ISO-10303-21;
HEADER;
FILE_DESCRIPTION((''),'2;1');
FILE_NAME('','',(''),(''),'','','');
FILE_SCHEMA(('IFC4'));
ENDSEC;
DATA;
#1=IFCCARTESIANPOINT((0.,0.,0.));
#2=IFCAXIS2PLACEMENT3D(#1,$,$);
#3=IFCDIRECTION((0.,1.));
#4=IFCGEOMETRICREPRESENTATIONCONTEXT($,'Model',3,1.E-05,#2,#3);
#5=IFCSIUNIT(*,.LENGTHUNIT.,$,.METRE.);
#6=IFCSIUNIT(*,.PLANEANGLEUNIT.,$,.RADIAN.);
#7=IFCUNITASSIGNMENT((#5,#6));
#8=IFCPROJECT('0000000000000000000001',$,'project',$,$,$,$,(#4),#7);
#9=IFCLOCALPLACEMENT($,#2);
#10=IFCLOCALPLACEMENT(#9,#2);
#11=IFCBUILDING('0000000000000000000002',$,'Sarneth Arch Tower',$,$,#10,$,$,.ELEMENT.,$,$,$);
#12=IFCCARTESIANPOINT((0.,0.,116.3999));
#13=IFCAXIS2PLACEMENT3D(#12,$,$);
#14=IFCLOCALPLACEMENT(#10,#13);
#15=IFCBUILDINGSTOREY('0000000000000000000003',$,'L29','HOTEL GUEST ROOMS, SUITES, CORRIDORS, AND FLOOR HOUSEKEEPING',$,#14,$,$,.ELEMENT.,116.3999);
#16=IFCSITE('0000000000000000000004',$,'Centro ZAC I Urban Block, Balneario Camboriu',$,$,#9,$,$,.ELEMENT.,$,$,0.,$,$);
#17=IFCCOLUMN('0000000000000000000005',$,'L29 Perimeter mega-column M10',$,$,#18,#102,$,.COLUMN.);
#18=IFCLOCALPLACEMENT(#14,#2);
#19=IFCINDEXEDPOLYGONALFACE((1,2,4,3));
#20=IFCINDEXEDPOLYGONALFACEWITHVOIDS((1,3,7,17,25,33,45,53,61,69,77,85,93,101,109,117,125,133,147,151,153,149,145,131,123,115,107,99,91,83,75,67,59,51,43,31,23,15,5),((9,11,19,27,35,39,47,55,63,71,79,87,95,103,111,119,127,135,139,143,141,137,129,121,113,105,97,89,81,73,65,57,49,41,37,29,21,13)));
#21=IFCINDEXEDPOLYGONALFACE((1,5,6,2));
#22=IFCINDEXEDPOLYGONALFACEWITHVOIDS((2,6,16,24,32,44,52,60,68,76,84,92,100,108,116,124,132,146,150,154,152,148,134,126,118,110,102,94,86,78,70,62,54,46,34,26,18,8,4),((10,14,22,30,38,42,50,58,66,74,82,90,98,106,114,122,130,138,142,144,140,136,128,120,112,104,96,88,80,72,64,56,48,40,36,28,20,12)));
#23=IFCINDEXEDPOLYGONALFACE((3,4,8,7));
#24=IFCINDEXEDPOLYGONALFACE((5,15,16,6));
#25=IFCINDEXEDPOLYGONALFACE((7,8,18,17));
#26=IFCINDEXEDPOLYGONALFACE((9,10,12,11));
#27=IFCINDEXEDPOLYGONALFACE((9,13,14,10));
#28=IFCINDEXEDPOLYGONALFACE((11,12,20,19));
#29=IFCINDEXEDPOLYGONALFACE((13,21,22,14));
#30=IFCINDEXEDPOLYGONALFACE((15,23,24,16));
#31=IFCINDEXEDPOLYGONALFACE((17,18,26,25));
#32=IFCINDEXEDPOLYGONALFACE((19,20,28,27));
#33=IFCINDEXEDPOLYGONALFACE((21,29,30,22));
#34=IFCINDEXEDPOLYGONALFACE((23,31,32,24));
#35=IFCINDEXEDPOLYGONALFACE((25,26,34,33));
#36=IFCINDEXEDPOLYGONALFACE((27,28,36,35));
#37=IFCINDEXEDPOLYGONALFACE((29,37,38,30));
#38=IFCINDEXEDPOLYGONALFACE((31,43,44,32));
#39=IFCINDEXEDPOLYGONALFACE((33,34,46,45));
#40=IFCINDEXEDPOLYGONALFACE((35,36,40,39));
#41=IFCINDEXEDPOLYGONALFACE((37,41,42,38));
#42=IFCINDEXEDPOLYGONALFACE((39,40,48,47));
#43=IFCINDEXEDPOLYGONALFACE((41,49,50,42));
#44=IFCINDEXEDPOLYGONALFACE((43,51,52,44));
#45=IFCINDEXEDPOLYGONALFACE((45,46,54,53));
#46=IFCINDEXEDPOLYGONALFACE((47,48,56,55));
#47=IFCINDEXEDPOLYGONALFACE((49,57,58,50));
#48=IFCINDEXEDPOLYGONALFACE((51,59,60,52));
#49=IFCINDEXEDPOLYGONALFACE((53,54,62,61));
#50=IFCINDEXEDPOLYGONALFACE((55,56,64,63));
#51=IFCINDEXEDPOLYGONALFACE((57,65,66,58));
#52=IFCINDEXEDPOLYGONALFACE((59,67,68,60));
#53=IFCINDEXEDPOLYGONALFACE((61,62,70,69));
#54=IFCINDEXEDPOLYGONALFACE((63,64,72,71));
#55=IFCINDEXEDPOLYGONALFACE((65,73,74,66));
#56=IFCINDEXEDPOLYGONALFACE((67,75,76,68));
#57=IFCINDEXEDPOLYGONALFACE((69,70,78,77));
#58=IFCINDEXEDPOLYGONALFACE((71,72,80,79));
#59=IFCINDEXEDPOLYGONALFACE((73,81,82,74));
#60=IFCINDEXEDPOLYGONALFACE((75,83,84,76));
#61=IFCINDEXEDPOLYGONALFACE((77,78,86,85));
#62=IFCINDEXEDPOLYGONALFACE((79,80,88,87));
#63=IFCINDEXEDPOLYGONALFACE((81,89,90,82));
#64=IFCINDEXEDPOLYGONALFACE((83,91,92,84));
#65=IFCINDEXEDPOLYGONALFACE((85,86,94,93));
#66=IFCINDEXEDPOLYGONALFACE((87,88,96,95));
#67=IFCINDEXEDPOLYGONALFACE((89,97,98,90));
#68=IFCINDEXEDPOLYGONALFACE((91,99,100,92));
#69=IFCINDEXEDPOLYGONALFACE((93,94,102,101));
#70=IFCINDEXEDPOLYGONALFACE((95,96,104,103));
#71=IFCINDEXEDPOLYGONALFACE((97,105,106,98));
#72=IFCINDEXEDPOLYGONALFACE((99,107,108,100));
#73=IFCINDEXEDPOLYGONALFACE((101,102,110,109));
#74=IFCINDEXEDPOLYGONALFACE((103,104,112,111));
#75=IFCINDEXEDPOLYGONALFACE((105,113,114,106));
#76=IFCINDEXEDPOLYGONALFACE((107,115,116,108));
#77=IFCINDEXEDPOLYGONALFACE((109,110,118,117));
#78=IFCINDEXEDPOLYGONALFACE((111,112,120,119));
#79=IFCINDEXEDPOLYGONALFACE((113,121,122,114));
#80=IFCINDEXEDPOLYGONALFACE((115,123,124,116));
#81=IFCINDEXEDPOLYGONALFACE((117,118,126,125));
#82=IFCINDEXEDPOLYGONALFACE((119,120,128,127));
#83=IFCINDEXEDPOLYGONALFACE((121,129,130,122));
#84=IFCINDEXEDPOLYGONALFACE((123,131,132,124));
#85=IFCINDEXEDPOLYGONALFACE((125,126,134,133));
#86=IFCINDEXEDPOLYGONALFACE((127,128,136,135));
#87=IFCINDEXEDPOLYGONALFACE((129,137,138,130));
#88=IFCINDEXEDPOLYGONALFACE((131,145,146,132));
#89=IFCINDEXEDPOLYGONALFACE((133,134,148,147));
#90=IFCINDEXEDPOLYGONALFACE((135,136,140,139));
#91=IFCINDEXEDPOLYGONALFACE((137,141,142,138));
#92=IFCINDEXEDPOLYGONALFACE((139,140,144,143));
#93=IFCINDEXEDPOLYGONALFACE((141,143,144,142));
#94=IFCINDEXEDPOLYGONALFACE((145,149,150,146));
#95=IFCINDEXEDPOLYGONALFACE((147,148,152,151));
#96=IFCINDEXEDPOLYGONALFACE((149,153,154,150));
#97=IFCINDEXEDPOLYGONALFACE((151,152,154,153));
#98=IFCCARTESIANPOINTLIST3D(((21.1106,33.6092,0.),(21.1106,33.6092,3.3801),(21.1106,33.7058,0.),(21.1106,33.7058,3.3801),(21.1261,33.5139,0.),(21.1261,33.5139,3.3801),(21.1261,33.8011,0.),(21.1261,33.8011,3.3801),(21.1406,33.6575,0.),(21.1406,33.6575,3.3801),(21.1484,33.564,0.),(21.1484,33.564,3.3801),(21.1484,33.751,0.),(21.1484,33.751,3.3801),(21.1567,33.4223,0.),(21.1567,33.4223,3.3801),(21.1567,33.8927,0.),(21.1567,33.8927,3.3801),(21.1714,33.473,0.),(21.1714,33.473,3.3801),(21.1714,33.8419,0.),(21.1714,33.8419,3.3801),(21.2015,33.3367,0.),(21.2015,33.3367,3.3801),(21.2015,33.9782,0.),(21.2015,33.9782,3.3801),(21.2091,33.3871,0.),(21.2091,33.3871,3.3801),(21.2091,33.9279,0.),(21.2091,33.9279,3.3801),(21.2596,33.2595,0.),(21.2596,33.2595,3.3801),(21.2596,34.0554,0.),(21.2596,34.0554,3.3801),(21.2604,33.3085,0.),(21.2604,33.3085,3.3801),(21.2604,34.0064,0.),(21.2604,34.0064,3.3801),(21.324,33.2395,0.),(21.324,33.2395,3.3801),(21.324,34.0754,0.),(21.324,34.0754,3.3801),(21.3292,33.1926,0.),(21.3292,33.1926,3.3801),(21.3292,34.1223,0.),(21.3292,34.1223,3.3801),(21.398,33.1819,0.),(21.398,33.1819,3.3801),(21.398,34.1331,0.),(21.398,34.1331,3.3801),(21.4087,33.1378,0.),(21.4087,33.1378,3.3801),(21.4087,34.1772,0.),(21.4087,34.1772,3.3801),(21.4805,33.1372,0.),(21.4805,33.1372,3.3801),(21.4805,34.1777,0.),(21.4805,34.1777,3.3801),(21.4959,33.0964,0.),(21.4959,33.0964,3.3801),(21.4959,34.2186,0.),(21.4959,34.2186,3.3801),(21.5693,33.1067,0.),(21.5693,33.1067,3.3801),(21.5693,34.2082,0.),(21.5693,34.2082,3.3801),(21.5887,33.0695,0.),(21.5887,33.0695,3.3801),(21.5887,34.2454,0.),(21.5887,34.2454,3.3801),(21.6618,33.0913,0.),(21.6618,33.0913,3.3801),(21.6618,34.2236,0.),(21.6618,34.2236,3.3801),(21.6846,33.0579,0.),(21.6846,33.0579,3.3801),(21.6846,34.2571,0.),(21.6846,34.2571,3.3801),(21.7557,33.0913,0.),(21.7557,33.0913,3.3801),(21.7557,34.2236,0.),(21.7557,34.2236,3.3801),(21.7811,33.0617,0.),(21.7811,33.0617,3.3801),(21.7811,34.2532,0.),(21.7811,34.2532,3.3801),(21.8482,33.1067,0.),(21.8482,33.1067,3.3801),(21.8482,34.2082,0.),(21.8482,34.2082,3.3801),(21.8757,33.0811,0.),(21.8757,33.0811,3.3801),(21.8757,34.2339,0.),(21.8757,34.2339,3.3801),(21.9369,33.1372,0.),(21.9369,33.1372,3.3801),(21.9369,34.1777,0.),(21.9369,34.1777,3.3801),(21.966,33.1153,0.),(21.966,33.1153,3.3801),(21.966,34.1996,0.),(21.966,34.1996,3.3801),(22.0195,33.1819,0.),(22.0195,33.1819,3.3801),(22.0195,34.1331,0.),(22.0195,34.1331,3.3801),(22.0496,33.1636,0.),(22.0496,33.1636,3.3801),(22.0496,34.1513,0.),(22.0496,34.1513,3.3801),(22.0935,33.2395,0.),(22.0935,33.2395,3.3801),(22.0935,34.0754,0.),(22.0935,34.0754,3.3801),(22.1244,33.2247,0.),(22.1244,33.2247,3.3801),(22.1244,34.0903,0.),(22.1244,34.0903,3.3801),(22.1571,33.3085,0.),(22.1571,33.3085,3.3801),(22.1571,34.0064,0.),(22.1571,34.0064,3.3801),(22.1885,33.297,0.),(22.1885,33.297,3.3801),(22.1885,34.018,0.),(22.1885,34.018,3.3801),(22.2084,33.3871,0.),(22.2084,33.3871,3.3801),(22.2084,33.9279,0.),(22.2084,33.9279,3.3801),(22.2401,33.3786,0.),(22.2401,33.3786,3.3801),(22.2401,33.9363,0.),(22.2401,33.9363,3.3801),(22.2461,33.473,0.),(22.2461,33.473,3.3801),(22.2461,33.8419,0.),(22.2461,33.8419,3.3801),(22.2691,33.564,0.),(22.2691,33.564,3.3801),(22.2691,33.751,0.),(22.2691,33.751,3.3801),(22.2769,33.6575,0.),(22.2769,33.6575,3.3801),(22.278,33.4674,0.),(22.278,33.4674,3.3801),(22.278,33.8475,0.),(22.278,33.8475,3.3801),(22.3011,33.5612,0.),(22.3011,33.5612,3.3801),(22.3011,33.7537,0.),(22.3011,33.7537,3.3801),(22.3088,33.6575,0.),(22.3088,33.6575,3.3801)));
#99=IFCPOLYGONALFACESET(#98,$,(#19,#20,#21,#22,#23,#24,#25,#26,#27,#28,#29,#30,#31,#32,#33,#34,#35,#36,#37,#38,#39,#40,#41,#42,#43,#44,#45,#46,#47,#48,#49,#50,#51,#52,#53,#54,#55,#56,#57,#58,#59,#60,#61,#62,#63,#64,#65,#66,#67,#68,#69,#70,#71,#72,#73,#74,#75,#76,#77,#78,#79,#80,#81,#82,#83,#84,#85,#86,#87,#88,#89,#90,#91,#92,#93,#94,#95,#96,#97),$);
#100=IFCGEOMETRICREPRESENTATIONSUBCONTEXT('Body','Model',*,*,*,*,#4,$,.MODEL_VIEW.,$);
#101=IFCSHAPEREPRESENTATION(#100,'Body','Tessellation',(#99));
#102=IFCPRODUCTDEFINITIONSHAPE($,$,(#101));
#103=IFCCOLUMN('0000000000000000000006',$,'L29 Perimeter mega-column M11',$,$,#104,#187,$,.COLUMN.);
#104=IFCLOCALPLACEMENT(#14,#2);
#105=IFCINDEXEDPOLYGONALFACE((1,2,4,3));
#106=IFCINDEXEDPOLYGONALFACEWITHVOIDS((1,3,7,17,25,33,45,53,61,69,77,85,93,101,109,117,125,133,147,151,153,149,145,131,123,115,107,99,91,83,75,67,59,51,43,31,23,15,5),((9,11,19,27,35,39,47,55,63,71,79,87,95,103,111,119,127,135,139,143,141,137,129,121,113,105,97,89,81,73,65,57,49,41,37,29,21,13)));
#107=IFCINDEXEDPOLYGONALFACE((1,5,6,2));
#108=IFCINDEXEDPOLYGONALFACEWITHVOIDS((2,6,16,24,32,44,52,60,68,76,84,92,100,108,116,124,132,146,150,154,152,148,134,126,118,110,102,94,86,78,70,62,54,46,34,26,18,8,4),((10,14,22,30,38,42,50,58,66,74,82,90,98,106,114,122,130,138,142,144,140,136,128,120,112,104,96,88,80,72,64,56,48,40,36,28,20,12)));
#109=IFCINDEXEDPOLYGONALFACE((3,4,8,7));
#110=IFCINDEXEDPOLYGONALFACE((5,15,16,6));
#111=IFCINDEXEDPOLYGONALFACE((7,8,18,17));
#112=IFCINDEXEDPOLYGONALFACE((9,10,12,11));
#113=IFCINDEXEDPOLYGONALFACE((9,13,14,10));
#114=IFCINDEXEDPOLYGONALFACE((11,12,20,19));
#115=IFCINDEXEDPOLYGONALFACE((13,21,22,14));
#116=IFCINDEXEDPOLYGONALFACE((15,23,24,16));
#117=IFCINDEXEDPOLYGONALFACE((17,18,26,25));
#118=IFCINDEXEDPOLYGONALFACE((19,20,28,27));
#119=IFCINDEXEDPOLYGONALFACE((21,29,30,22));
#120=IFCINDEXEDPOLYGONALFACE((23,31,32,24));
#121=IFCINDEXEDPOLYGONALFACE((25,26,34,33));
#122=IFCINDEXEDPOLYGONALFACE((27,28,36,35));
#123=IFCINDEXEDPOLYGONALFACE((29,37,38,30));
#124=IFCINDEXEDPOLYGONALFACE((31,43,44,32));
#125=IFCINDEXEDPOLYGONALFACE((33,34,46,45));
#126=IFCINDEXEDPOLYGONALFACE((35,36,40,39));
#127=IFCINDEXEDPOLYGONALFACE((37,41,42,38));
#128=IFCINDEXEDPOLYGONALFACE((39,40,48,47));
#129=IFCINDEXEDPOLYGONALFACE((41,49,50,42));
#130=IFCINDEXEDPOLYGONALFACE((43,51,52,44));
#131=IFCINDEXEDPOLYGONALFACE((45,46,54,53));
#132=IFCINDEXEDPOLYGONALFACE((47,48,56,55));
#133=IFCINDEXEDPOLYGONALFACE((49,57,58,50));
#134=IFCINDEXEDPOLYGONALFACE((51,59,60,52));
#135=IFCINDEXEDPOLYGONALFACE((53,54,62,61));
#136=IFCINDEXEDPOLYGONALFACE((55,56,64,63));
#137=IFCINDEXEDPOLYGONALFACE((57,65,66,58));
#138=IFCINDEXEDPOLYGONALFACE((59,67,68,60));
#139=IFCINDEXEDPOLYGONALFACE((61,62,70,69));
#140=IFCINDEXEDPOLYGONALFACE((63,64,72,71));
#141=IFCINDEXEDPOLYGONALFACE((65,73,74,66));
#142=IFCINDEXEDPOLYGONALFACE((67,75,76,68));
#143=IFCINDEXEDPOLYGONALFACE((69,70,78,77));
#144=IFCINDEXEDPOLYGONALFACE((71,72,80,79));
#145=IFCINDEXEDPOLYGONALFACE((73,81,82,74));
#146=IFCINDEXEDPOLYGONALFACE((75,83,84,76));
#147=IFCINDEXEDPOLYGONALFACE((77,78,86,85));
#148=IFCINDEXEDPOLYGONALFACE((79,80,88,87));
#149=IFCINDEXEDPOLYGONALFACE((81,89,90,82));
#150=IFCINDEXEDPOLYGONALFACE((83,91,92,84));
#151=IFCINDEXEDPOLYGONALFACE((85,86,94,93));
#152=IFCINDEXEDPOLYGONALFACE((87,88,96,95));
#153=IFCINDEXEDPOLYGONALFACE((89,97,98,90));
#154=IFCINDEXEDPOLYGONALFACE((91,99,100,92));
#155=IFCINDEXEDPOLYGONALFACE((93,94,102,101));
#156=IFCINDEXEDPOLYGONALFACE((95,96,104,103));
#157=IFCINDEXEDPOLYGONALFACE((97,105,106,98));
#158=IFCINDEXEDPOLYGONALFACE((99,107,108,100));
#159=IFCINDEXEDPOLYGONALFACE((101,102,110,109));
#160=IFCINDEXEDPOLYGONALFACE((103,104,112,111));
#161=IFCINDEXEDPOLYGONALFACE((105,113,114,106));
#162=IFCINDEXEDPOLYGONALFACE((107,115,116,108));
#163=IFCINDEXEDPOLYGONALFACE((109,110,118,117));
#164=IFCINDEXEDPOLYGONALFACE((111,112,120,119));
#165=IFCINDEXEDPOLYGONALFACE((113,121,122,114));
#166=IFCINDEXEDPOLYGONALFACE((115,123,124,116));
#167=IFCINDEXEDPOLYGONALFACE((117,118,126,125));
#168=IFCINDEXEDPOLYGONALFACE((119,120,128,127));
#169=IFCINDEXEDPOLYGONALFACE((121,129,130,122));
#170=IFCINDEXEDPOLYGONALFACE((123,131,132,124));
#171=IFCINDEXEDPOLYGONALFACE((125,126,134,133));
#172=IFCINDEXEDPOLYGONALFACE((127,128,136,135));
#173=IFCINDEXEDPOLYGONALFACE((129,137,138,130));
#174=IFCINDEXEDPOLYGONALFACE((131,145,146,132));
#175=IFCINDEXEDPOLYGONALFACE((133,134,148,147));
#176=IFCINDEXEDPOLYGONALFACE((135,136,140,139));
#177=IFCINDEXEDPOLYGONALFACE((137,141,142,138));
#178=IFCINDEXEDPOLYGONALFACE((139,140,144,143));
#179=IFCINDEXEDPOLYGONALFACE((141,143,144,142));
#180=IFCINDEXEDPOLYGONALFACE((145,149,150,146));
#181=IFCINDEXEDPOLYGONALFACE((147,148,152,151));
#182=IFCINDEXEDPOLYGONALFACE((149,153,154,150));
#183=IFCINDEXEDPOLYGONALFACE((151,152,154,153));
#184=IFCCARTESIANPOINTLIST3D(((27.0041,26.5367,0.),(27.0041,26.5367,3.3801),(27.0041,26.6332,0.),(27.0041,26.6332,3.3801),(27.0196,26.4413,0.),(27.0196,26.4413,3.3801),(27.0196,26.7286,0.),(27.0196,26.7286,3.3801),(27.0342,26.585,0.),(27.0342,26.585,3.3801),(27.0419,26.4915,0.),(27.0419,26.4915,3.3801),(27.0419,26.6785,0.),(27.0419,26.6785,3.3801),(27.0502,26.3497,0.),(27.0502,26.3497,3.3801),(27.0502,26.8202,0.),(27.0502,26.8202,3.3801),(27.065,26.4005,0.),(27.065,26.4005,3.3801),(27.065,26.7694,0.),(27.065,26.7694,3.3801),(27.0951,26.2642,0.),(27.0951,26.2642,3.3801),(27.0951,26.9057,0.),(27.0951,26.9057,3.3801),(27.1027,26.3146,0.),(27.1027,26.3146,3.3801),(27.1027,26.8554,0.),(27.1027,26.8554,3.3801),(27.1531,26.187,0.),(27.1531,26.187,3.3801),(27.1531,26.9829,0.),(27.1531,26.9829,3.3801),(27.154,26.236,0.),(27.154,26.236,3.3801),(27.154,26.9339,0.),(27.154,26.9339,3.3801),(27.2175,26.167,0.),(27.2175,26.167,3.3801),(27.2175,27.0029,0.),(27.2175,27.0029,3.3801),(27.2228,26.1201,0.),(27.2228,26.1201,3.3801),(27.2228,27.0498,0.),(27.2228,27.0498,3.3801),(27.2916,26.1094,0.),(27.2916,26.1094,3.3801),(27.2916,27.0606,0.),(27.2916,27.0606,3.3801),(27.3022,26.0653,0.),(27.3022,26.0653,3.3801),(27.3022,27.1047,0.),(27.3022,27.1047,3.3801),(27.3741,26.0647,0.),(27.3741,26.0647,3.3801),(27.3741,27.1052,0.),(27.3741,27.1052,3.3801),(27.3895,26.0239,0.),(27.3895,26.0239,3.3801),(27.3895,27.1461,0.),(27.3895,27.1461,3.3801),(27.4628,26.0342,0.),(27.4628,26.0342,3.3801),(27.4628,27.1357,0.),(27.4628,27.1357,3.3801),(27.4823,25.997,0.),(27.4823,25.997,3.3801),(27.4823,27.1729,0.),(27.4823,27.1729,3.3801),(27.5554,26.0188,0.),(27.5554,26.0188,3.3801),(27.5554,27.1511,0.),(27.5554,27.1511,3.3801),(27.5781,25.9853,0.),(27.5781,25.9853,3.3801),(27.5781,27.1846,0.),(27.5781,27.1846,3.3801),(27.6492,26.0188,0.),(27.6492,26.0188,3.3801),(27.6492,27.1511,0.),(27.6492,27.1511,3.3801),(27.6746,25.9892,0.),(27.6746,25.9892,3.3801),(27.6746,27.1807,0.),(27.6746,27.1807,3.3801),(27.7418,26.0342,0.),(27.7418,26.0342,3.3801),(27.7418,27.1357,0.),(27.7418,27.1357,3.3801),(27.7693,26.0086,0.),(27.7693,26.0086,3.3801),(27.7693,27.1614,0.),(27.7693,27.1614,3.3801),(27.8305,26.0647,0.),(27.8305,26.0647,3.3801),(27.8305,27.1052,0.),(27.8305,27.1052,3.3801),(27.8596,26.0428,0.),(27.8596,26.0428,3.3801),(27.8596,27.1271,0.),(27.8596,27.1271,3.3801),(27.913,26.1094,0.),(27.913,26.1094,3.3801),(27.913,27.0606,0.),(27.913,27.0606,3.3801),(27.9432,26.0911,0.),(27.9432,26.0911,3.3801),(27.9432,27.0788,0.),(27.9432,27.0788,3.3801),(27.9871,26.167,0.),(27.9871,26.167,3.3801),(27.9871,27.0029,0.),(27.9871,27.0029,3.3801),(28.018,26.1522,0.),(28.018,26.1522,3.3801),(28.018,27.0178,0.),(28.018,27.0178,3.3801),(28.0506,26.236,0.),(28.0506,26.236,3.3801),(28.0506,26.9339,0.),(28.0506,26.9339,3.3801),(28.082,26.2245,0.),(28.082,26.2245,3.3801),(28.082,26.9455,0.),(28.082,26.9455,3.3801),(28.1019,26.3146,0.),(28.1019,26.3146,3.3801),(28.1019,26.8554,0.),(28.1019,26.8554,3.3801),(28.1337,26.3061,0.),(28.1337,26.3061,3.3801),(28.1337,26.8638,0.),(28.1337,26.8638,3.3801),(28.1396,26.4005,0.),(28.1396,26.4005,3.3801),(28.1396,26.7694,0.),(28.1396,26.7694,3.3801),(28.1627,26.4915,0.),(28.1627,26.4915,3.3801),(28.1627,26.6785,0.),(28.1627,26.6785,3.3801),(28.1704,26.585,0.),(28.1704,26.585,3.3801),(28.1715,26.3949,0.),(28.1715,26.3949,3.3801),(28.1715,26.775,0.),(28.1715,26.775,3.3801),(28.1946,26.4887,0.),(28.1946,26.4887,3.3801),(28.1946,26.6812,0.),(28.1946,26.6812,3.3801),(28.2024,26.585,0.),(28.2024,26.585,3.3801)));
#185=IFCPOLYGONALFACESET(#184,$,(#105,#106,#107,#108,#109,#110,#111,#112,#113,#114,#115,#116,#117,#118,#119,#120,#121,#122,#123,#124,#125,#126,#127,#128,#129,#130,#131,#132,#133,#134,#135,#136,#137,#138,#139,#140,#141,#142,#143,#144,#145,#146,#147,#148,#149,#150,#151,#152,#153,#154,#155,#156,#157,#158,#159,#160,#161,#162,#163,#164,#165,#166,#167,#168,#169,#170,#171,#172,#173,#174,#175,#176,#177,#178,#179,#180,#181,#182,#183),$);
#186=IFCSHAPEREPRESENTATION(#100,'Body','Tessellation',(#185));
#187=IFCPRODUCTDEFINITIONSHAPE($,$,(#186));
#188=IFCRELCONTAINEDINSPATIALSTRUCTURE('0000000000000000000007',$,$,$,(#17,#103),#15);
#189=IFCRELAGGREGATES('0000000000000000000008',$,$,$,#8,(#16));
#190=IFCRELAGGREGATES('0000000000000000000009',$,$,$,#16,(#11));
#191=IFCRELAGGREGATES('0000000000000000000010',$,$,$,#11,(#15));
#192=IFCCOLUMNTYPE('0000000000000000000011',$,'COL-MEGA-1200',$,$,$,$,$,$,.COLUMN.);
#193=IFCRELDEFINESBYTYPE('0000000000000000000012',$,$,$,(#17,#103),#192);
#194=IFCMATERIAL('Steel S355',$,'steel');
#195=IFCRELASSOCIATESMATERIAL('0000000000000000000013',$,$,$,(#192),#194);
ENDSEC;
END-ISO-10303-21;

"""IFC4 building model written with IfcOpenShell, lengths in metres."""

from ifc_helpers import new_model, si_unit, direction, frame, origin, origin_2d, place, context, subcontext, project, spatial, hollow_circle, extrude, material, material_profile, profile_set, type_object, element, save


model = new_model("IFC4")

# Units and contexts
model_context = context("Model", 3, precision=1e-05, world=origin(), true_north=direction((0.0, 1.0)))
body_context = subcontext(model_context, "Body", "Model", "MODEL_VIEW")
ifc_project = project(units=[si_unit("LENGTHUNIT", "METRE"), si_unit("PLANEANGLEUNIT", "RADIAN")], contexts=[model_context])

# Site, building, storey
site_placement = place(None, origin())
site = spatial("IfcSite", under=ifc_project, at=site_placement, Name="Centro ZAC I Urban Block, Balneario Camboriu", CompositionType="ELEMENT", RefElevation=0.0)
building_placement = place(site_placement, origin())
building = spatial("IfcBuilding", under=site, at=building_placement, Name="Sarneth Arch Tower", CompositionType="ELEMENT")
storey_placement = place(building_placement, frame((0.0, 0.0, 116.3999)))
storey = spatial("IfcBuildingStorey", under=building, at=storey_placement, Name="L29", Description="HOTEL GUEST ROOMS, SUITES, CORRIDORS, AND FLOOR HOUSEKEEPING", CompositionType="ELEMENT", Elevation=116.3999)

# Columns
ifc_material_1 = material(Name="Steel S355", Category="steel")
ifc_material_profile_1 = material_profile(ifc_material_1, hollow_circle(Radius=0.6001, WallThickness=0.032, at=origin_2d()), Name="CHS1200x32")
ifc_profile_set_1 = profile_set([ifc_material_profile_1], Name="Steel S355")
column_type = type_object("IfcColumnType", Name="COL-MEGA-1200", PredefinedType="COLUMN", material=ifc_profile_set_1)
for number, where, z_axis, x_axis, name in (
    (1, (21.7087, 33.6575, 0.0), (0.0, 0.0, 1.0), (1.0, 0.0, 0.0), "L29 Perimeter mega-column M10"),
    (2, (27.6023, 26.585, 0.0), (0.0, 0.0, 1.0), (1.0, 0.0, 0.0), "L29 Perimeter mega-column M11"),
):
    element("IfcColumn", number, at=place(storey_placement, frame(where, z_axis=z_axis, x_axis=x_axis)), inside=storey, type_object=column_type, Name=name, PredefinedType="COLUMN", context=body_context, shape_type="SweptSolid", body=[
        extrude(hollow_circle(Radius=0.6001, WallThickness=0.032, at=origin_2d()), origin(), (0.0, 0.0, 1.0), 3.3801),
    ])

save(model, "model.ifc")
